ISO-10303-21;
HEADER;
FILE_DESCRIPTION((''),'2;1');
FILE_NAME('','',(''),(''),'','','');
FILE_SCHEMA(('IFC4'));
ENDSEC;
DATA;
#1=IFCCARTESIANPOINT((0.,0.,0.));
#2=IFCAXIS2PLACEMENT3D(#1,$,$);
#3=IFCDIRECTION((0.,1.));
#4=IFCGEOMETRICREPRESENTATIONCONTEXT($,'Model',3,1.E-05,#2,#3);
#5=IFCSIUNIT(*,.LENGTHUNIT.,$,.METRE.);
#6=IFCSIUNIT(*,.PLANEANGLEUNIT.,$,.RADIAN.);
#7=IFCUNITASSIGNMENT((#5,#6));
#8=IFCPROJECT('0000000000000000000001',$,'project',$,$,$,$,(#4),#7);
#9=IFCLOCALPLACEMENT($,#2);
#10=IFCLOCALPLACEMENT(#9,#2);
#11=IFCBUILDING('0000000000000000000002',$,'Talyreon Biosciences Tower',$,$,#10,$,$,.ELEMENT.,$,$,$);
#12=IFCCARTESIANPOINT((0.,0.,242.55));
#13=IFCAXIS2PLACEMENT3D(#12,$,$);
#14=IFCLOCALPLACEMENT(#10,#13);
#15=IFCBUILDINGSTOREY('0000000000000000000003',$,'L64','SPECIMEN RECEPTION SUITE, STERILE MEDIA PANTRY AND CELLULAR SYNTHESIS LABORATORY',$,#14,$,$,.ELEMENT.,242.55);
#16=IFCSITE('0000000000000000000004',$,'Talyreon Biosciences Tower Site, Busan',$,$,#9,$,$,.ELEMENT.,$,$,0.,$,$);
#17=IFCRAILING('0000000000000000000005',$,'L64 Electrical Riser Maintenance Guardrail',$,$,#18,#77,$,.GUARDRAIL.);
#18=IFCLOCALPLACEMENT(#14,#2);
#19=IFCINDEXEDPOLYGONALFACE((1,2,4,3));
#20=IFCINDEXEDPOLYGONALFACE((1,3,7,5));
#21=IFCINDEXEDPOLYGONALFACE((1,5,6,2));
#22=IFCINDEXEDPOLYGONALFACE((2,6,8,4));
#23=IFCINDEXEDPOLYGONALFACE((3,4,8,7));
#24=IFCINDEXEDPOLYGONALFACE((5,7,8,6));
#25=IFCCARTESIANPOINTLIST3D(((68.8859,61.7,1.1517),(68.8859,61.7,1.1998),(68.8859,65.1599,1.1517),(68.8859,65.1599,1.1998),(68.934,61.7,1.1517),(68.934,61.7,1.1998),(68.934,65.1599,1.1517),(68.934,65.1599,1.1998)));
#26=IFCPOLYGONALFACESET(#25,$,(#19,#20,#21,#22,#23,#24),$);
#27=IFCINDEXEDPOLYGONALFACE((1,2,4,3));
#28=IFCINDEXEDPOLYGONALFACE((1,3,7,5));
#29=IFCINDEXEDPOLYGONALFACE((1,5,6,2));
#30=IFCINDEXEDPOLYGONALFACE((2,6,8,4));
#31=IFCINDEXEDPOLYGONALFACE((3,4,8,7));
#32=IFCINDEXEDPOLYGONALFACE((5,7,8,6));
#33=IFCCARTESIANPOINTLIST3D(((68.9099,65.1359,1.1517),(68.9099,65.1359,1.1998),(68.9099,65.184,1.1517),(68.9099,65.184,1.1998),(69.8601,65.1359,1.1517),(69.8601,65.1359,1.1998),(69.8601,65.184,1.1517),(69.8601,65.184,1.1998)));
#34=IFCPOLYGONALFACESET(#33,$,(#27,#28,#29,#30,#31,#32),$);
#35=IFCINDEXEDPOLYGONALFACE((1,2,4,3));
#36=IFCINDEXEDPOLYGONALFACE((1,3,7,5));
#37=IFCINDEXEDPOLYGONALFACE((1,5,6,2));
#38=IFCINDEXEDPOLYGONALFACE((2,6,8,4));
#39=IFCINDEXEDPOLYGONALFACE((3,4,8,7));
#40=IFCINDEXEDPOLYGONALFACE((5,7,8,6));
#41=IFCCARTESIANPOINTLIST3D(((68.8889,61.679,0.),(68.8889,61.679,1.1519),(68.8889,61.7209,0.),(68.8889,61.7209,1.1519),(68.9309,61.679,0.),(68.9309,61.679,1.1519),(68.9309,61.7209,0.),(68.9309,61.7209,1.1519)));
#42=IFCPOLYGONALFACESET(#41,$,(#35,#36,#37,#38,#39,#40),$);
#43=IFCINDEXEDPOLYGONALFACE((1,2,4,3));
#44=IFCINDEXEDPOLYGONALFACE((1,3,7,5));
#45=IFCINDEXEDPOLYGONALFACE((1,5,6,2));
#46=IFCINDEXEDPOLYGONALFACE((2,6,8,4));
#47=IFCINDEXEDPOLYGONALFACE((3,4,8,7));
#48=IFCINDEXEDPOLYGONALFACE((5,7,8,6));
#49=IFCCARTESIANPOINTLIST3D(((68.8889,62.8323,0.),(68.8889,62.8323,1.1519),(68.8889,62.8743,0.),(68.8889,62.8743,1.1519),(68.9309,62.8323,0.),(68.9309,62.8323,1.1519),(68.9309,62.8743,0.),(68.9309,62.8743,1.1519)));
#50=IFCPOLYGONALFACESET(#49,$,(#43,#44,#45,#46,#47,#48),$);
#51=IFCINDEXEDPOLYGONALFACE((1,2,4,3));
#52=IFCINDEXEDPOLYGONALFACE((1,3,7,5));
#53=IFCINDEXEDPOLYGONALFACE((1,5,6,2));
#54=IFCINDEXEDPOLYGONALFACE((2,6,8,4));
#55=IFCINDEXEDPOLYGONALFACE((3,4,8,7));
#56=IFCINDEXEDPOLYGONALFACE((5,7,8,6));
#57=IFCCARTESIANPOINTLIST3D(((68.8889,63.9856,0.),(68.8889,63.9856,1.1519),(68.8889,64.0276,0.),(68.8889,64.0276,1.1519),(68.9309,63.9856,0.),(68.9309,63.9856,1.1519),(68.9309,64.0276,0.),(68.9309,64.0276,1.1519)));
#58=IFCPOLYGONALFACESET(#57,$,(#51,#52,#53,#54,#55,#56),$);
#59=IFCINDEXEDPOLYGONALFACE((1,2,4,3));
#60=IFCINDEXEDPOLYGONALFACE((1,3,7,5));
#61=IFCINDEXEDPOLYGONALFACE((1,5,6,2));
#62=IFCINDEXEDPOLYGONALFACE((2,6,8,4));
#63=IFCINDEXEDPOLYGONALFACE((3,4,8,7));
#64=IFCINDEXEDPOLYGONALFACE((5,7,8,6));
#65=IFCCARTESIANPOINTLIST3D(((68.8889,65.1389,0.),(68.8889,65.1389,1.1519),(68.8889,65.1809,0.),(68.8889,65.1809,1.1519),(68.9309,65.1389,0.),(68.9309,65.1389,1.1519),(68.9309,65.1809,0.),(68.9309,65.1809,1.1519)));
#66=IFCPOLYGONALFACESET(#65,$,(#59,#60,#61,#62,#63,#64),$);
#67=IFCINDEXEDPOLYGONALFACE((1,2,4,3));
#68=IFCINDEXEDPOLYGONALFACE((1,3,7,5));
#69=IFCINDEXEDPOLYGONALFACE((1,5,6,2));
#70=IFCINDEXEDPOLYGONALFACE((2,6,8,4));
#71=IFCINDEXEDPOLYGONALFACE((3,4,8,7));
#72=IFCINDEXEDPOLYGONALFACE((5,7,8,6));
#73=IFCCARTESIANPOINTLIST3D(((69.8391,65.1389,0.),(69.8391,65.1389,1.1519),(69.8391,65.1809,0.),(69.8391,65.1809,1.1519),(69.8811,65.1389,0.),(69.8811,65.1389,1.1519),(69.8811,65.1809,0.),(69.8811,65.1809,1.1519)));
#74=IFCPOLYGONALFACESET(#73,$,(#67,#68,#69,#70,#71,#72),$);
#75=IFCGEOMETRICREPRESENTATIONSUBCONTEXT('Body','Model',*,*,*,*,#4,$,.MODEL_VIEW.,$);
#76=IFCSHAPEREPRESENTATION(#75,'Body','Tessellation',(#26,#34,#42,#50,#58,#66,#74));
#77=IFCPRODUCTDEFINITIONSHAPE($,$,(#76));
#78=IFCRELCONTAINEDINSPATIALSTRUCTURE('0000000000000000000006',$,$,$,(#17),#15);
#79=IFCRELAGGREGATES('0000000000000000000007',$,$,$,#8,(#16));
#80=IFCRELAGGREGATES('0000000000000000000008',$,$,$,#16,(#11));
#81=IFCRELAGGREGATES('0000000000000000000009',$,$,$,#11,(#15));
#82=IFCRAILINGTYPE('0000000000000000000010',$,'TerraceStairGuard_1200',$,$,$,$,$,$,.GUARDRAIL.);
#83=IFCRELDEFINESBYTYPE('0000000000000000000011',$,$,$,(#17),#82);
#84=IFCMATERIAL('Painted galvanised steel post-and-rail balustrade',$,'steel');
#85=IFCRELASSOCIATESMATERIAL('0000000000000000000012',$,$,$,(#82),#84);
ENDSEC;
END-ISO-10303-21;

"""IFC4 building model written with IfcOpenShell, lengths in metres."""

from ifc_helpers import new_model, si_unit, direction, frame, origin, origin_2d, place, context, subcontext, project, spatial, rectangle, extrude, material, type_object, element, save


model = new_model("IFC4")

# Units and contexts
model_context = context("Model", 3, precision=1e-05, world=origin(), true_north=direction((0.0, 1.0)))
body_context = subcontext(model_context, "Body", "Model", "MODEL_VIEW")
ifc_project = project(units=[si_unit("LENGTHUNIT", "METRE"), si_unit("PLANEANGLEUNIT", "RADIAN")], contexts=[model_context])

# Site, building, storey
site_placement = place(None, origin())
site = spatial("IfcSite", under=ifc_project, at=site_placement, Name="Talyreon Biosciences Tower Site, Busan", CompositionType="ELEMENT", RefElevation=0.0)
building_placement = place(site_placement, origin())
building = spatial("IfcBuilding", under=site, at=building_placement, Name="Talyreon Biosciences Tower", CompositionType="ELEMENT")
storey_placement = place(building_placement, frame((0.0, 0.0, 242.55)))
storey = spatial("IfcBuildingStorey", under=building, at=storey_placement, Name="L64", Description="SPECIMEN RECEPTION SUITE, STERILE MEDIA PANTRY AND CELLULAR SYNTHESIS LABORATORY", CompositionType="ELEMENT", Elevation=242.55)

# Railing
ifc_material_1 = material(Name="Painted galvanised steel post-and-rail balustrade", Category="steel")
railing_type_1 = type_object("IfcRailingType", Name="TerraceStairGuard_1200", PredefinedType="GUARDRAIL", material=ifc_material_1)
railing_1_placement = place(storey_placement, frame((68.9099, 61.7, 0.0)))
element("IfcRailing", 1, at=railing_1_placement, inside=storey, type_object=railing_type_1, Name="L64 Electrical Riser Maintenance Guardrail", PredefinedType="GUARDRAIL", context=body_context, shape_type="SweptSolid", body=[
    extrude(rectangle(XDim=0.0481, YDim=0.0481, at=origin_2d()), frame((0.0, 0.0, 1.1758), z_axis=(0.0, 1.0, 0.0), x_axis=(-1.0, 0.0, 0.0)), (0.0, 0.0, 1.0), 3.46),
    extrude(rectangle(XDim=0.0481, YDim=0.0481, at=origin_2d()), frame((0.0, 3.46, 1.1758), z_axis=(1.0, 0.0, 0.0), x_axis=(0.0, 1.0, 0.0)), (0.0, 0.0, 1.0), 0.9502),
    extrude(rectangle(XDim=0.042, YDim=0.042, at=origin_2d()), origin(), (0.0, 0.0, 1.0), 1.1519),
    extrude(rectangle(XDim=0.042, YDim=0.042, at=origin_2d()), frame((0.0, 1.1533, 0.0)), (0.0, 0.0, 1.0), 1.1519),
    extrude(rectangle(XDim=0.042, YDim=0.042, at=origin_2d()), frame((0.0, 2.3066, 0.0)), (0.0, 0.0, 1.0), 1.1519),
    extrude(rectangle(XDim=0.042, YDim=0.042, at=origin_2d()), frame((0.0, 3.46, 0.0)), (0.0, 0.0, 1.0), 1.1519),
    extrude(rectangle(XDim=0.042, YDim=0.042, at=origin_2d()), frame((0.9502, 3.46, 0.0)), (0.0, 0.0, 1.0), 1.1519),
])

save(model, "model.ifc")
